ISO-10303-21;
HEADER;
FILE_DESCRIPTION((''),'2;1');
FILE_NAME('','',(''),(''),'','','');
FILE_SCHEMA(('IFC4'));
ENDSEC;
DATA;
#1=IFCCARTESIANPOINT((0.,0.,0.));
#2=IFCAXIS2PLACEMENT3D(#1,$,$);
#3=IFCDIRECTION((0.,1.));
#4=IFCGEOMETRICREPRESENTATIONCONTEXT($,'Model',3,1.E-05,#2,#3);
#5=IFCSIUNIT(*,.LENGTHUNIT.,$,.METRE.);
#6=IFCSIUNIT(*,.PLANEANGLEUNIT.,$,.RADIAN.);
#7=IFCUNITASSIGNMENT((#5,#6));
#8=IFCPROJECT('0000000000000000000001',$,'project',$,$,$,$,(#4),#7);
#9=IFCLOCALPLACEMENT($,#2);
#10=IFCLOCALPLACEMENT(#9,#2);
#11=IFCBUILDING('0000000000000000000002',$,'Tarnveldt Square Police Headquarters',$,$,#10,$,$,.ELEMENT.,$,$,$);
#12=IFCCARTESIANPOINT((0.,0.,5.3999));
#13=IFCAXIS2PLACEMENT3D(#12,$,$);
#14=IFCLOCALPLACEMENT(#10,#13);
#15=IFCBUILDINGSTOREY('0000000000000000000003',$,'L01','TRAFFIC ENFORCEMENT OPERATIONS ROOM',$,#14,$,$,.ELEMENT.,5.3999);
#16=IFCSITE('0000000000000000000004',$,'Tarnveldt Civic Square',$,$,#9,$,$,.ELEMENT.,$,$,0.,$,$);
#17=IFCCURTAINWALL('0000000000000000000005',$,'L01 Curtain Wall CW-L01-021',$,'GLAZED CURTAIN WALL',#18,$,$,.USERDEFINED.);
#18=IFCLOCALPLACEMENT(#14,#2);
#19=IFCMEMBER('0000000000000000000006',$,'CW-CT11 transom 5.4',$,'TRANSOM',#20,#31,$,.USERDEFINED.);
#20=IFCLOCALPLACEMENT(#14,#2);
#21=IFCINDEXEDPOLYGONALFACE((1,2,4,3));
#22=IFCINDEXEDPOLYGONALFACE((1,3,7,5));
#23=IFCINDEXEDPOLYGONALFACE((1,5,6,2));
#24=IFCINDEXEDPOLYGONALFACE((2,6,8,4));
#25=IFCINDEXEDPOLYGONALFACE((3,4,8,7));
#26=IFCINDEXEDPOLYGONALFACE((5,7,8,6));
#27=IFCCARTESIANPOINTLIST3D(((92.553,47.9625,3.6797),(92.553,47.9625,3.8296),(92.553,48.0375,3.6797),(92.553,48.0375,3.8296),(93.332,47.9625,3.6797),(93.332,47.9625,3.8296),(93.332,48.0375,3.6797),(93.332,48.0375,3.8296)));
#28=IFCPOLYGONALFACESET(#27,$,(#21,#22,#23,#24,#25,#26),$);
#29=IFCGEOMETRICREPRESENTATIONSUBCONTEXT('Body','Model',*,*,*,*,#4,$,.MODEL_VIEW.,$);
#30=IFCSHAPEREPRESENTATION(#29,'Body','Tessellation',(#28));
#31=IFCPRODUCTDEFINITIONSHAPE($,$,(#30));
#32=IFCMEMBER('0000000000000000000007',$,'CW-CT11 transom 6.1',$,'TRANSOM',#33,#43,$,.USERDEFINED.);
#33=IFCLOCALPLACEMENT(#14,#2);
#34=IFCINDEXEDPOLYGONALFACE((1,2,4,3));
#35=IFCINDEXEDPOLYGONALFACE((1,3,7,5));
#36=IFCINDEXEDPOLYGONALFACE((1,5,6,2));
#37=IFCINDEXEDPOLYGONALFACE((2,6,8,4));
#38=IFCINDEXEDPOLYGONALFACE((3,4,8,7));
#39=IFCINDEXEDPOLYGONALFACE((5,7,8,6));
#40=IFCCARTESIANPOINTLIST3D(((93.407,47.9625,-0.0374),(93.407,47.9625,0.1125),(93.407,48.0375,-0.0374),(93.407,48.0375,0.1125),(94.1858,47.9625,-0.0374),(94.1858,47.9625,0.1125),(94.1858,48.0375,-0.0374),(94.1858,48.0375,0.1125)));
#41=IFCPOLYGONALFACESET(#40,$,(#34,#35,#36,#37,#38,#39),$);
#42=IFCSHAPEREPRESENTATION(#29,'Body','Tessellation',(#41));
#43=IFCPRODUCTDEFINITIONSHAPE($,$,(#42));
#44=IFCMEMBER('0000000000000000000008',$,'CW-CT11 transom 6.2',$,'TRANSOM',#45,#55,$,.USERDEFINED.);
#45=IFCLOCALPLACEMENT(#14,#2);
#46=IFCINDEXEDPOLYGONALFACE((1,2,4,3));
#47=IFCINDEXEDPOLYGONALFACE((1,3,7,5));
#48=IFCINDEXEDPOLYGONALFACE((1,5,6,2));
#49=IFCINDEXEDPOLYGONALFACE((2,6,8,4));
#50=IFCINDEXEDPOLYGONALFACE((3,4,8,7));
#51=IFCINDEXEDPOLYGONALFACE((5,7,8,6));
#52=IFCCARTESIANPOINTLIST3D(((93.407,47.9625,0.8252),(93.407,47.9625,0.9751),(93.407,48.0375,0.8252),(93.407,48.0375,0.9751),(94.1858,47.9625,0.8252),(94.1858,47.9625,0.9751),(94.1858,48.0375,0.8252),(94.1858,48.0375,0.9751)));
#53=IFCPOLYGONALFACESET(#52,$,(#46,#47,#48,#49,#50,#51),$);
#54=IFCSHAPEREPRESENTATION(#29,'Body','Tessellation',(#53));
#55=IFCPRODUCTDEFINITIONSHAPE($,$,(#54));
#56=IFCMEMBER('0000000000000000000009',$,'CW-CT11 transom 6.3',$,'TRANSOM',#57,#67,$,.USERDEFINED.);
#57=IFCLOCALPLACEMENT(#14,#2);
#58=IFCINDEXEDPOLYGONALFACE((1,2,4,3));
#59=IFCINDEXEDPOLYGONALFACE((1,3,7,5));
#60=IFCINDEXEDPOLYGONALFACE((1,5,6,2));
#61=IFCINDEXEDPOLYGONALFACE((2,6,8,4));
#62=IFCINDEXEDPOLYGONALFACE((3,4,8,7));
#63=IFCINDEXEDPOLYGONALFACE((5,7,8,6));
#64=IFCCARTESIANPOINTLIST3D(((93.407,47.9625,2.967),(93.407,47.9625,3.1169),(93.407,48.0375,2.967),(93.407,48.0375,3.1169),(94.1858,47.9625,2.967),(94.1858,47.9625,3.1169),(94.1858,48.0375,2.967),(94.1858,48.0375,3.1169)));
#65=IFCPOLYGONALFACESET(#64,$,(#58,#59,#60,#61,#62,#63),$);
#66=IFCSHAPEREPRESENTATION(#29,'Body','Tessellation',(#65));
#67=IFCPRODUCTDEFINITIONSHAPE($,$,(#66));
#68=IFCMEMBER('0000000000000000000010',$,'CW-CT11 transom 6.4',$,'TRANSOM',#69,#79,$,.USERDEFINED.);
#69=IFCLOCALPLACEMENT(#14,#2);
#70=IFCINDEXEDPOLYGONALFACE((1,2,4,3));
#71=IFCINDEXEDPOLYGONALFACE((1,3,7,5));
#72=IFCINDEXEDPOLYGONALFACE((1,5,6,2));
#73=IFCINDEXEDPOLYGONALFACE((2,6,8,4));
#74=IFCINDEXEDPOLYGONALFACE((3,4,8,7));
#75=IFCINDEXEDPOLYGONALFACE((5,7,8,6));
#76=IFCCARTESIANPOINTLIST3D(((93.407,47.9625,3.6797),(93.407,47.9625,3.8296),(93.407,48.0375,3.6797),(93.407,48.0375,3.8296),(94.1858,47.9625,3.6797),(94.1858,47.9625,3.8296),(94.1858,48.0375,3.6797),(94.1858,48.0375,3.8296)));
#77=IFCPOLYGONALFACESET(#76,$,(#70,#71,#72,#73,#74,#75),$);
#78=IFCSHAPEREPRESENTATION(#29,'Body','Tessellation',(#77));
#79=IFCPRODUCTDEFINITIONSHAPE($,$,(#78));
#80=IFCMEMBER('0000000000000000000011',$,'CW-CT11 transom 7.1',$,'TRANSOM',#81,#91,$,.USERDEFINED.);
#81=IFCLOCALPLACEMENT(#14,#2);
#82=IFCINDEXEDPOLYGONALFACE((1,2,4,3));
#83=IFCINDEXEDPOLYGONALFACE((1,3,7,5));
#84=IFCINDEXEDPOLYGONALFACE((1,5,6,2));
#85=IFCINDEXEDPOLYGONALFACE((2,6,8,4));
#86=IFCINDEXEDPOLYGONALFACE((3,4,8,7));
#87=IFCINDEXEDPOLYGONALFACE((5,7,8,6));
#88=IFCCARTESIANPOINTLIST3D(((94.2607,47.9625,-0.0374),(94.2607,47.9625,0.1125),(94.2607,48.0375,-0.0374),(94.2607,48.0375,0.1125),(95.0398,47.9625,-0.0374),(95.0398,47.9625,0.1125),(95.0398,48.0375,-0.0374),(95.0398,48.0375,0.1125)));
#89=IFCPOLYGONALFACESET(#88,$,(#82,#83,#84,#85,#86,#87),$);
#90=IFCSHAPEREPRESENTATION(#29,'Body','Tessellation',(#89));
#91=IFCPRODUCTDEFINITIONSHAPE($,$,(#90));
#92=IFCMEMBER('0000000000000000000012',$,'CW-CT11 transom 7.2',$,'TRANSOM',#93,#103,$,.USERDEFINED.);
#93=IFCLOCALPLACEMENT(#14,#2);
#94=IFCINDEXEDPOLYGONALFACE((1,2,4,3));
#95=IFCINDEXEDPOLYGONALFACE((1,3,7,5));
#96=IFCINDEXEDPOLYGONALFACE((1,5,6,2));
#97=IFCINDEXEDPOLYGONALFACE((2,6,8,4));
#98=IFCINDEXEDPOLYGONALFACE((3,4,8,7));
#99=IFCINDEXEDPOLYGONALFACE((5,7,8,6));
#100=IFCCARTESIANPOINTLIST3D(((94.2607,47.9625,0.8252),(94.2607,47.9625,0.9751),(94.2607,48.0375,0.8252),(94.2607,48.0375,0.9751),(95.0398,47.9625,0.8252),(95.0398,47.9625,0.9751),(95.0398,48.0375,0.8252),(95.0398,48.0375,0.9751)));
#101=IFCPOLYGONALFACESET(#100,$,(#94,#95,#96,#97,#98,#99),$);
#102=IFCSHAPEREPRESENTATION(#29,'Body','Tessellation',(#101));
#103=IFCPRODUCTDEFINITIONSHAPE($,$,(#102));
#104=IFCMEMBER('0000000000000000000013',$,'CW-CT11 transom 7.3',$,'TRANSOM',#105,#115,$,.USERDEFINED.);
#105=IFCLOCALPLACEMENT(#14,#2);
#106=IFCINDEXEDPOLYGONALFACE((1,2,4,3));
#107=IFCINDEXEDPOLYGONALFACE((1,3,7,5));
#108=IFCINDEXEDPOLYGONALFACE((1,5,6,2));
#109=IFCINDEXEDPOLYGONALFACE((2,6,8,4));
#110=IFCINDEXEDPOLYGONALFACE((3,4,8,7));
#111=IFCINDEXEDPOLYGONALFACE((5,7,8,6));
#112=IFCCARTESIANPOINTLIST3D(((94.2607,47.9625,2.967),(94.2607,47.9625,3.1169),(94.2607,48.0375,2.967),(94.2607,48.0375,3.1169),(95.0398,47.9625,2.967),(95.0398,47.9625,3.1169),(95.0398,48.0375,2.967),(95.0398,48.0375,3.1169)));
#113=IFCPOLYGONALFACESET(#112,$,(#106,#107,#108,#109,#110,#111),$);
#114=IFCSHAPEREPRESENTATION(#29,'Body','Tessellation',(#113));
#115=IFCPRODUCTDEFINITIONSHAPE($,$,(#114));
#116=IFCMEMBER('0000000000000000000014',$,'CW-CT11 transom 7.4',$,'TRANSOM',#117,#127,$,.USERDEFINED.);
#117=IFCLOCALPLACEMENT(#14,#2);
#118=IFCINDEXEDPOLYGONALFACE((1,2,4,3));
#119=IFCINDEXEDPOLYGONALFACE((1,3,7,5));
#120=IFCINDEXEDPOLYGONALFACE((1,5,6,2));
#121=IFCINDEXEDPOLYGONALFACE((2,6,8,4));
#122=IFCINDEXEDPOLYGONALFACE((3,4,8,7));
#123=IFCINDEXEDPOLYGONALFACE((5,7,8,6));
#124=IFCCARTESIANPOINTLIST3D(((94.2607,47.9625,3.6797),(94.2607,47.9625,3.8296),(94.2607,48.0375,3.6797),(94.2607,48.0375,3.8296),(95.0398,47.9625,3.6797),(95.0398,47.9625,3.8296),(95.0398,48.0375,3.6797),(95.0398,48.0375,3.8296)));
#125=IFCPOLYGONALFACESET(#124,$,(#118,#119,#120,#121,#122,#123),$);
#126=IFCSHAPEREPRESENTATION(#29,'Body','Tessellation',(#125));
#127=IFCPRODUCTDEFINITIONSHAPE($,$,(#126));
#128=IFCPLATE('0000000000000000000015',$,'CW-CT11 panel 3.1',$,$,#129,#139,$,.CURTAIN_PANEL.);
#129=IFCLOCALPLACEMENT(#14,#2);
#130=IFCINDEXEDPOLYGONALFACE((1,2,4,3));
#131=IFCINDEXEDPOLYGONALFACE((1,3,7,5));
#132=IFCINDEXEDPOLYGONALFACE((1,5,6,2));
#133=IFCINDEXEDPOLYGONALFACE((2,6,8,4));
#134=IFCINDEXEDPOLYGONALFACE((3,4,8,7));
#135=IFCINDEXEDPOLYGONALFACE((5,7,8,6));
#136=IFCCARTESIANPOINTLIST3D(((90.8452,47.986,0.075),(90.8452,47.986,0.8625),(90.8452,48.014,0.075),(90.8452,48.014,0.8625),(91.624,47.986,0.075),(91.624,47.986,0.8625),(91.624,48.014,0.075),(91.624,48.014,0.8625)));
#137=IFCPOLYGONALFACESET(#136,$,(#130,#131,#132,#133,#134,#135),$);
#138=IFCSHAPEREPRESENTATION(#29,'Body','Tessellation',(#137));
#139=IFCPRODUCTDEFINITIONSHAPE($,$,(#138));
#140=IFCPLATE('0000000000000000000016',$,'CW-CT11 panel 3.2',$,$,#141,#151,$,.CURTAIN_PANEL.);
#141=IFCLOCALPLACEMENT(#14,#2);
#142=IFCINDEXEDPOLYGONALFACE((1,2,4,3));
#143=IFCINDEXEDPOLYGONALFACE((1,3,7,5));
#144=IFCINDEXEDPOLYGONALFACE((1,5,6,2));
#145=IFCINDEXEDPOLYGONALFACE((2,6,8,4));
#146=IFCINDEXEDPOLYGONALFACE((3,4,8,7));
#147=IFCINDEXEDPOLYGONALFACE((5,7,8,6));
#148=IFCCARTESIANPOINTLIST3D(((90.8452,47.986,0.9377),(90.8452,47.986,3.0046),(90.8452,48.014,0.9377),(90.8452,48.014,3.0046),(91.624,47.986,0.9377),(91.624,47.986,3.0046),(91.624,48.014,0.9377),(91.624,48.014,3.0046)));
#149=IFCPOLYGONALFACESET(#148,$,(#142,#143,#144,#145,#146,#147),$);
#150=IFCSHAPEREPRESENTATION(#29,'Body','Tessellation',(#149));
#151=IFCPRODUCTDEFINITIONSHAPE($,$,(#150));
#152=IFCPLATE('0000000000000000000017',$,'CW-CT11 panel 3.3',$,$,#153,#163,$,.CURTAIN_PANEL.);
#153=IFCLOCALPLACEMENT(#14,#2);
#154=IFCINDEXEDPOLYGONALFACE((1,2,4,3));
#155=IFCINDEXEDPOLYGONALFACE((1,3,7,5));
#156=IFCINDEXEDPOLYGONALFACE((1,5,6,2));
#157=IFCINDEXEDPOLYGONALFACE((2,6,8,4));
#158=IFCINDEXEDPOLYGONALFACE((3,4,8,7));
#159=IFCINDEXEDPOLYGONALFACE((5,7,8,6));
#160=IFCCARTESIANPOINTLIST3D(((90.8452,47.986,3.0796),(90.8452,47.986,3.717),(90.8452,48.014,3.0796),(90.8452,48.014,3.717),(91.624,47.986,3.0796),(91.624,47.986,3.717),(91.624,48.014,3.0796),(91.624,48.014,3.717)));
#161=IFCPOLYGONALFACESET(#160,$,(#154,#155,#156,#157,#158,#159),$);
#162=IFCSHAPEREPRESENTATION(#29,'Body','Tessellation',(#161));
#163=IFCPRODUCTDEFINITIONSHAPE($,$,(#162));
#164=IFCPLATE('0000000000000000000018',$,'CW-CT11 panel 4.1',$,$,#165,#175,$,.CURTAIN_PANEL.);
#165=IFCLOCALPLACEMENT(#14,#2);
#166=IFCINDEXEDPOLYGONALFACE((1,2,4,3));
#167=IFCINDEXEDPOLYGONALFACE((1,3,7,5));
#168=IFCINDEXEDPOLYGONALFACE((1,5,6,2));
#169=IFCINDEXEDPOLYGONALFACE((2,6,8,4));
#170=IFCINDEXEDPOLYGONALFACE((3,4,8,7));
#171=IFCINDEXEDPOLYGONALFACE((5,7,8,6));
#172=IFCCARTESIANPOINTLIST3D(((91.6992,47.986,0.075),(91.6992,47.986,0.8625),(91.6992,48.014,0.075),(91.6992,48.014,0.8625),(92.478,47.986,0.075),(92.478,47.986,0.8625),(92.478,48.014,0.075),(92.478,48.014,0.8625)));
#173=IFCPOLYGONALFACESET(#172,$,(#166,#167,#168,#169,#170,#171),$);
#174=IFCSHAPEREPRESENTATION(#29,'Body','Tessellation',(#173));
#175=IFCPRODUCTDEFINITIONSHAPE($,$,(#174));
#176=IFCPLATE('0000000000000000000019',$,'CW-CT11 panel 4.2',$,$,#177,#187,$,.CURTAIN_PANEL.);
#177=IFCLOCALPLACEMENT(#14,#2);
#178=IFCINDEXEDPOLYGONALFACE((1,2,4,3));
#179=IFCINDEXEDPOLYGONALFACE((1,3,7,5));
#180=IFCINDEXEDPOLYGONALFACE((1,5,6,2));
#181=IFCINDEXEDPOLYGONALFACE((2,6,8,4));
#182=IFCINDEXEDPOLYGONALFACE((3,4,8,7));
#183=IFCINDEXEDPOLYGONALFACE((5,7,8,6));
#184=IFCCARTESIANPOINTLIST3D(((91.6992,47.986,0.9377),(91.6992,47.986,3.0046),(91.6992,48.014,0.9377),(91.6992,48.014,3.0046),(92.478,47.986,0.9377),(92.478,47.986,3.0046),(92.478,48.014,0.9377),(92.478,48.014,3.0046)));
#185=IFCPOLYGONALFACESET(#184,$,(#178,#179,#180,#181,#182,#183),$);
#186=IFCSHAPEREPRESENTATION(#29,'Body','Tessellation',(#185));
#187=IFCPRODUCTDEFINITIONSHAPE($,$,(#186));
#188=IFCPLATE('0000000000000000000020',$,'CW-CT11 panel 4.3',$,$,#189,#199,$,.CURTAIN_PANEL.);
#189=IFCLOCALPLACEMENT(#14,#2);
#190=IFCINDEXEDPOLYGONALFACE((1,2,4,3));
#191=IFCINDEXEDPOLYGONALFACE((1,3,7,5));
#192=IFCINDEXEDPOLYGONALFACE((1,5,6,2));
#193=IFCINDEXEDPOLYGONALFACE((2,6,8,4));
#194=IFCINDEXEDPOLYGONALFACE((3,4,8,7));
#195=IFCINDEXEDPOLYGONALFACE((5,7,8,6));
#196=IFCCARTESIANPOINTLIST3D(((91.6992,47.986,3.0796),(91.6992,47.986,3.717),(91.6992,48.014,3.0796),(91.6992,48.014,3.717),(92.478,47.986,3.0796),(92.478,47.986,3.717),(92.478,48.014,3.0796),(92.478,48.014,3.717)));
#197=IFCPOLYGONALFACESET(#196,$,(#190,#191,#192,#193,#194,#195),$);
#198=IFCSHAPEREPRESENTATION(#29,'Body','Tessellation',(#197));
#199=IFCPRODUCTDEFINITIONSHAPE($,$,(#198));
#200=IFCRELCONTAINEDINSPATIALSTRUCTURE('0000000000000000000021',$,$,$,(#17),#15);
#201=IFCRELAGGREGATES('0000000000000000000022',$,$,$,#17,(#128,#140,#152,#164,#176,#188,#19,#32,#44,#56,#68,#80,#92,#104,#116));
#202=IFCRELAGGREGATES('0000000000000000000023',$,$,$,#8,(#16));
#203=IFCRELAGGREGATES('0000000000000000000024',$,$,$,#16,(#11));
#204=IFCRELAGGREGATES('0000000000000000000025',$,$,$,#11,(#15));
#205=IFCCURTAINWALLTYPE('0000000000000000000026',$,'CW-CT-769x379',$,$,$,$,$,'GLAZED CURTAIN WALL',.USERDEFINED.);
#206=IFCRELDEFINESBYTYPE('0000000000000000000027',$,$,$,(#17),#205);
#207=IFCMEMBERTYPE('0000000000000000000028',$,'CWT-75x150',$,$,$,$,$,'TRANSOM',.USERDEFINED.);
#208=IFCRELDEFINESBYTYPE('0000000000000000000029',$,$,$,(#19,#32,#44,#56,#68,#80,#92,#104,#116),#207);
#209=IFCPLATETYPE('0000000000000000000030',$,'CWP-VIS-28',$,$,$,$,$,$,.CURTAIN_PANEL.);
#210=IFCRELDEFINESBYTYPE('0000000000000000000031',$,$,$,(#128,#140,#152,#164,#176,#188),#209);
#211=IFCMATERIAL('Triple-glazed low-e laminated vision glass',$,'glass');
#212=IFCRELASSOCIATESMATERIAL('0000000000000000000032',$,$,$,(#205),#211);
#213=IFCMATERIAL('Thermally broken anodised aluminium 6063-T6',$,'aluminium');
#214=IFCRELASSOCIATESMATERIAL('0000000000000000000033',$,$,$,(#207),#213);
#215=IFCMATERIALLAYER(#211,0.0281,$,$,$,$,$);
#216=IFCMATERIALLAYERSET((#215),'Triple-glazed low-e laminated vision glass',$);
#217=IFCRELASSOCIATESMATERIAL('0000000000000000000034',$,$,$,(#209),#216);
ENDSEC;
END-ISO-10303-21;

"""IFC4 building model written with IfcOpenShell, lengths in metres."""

from ifc_helpers import new_model, si_unit, direction, frame, origin, origin_2d, place, context, subcontext, project, spatial, rectangle, extrude, material, layer, layer_set, material_profile, profile_set, type_object, element, aggregate, save


model = new_model("IFC4")

# Units and contexts
model_context = context("Model", 3, precision=1e-05, world=origin(), true_north=direction((0.0, 1.0)))
body_context = subcontext(model_context, "Body", "Model", "MODEL_VIEW")
ifc_project = project(units=[si_unit("LENGTHUNIT", "METRE"), si_unit("PLANEANGLEUNIT", "RADIAN")], contexts=[model_context])

# Site, building, storey
site_placement = place(None, origin())
site = spatial("IfcSite", under=ifc_project, at=site_placement, Name="Tarnveldt Civic Square", CompositionType="ELEMENT", RefElevation=0.0)
building_placement = place(site_placement, origin())
building = spatial("IfcBuilding", under=site, at=building_placement, Name="Tarnveldt Square Police Headquarters", CompositionType="ELEMENT")
storey_placement = place(building_placement, frame((0.0, 0.0, 5.3999)))
storey = spatial("IfcBuildingStorey", under=building, at=storey_placement, Name="L01", Description="TRAFFIC ENFORCEMENT OPERATIONS ROOM", CompositionType="ELEMENT", Elevation=5.3999)

# Curtain wall, members, plates
ifc_material_1 = material(Name="Triple-glazed low-e laminated vision glass", Category="glass")
curtain_wall_type = type_object("IfcCurtainWallType", Name="CW-CT-769x379", ElementType="GLAZED CURTAIN WALL", PredefinedType="USERDEFINED", material=ifc_material_1)
curtain_wall_placement = place(storey_placement, origin())
curtain_wall = element("IfcCurtainWall", 1, at=curtain_wall_placement, inside=storey, type_object=curtain_wall_type, Name="L01 Curtain Wall CW-L01-021", ObjectType="GLAZED CURTAIN WALL", PredefinedType="USERDEFINED")
ifc_material_2 = material(Name="Thermally broken anodised aluminium 6063-T6", Category="aluminium")
ifc_material_profile_1 = material_profile(ifc_material_2, rectangle(XDim=0.075, YDim=0.1499, at=origin_2d()), Name="CW-T75x150")
ifc_profile_set_1 = profile_set([ifc_material_profile_1], Name="Thermally broken anodised aluminium 6063-T6")
member_type_1 = type_object("IfcMemberType", Name="CWT-75x150", ElementType="TRANSOM", PredefinedType="USERDEFINED", material=ifc_profile_set_1)
member_1_placement = place(storey_placement, frame((92.553, 48.0, 3.7546), z_axis=(1.0, 0.0, 0.0), x_axis=(0.0, 1.0, 0.0)))
member_1 = element("IfcMember", 2, at=member_1_placement, type_object=member_type_1, Name="CW-CT11 transom 5.4", ObjectType="TRANSOM", PredefinedType="USERDEFINED", context=body_context, shape_type="SweptSolid", body=[
    extrude(rectangle(XDim=0.075, YDim=0.1499, at=origin_2d()), origin(), (0.0, 0.0, 1.0), 0.7791),
])
member_2_placement = place(storey_placement, frame((93.407, 48.0, 0.0376), z_axis=(1.0, 0.0, 0.0), x_axis=(0.0, 1.0, 0.0)))
member_2 = element("IfcMember", 3, at=member_2_placement, type_object=member_type_1, Name="CW-CT11 transom 6.1", ObjectType="TRANSOM", PredefinedType="USERDEFINED", context=body_context, shape_type="SweptSolid", body=[
    extrude(rectangle(XDim=0.075, YDim=0.1499, at=origin_2d()), origin(), (0.0, 0.0, 1.0), 0.7788),
])
member_3_placement = place(storey_placement, frame((93.407, 48.0, 0.9001), z_axis=(1.0, 0.0, 0.0), x_axis=(0.0, 1.0, 0.0)))
member_3 = element("IfcMember", 4, at=member_3_placement, type_object=member_type_1, Name="CW-CT11 transom 6.2", ObjectType="TRANSOM", PredefinedType="USERDEFINED", context=body_context, shape_type="SweptSolid", body=[
    extrude(rectangle(XDim=0.075, YDim=0.1499, at=origin_2d()), origin(), (0.0, 0.0, 1.0), 0.7788),
])
member_4_placement = place(storey_placement, frame((93.407, 48.0, 3.042), z_axis=(1.0, 0.0, 0.0), x_axis=(0.0, 1.0, 0.0)))
member_4 = element("IfcMember", 5, at=member_4_placement, type_object=member_type_1, Name="CW-CT11 transom 6.3", ObjectType="TRANSOM", PredefinedType="USERDEFINED", context=body_context, shape_type="SweptSolid", body=[
    extrude(rectangle(XDim=0.075, YDim=0.1499, at=origin_2d()), origin(), (0.0, 0.0, 1.0), 0.7788),
])
member_5_placement = place(storey_placement, frame((93.407, 48.0, 3.7546), z_axis=(1.0, 0.0, 0.0), x_axis=(0.0, 1.0, 0.0)))
member_5 = element("IfcMember", 6, at=member_5_placement, type_object=member_type_1, Name="CW-CT11 transom 6.4", ObjectType="TRANSOM", PredefinedType="USERDEFINED", context=body_context, shape_type="SweptSolid", body=[
    extrude(rectangle(XDim=0.075, YDim=0.1499, at=origin_2d()), origin(), (0.0, 0.0, 1.0), 0.7788),
])
member_6_placement = place(storey_placement, frame((94.2607, 48.0, 0.0376), z_axis=(1.0, 0.0, 0.0), x_axis=(0.0, 1.0, 0.0)))
member_6 = element("IfcMember", 7, at=member_6_placement, type_object=member_type_1, Name="CW-CT11 transom 7.1", ObjectType="TRANSOM", PredefinedType="USERDEFINED", context=body_context, shape_type="SweptSolid", body=[
    extrude(rectangle(XDim=0.075, YDim=0.1499, at=origin_2d()), origin(), (0.0, 0.0, 1.0), 0.7791),
])
member_7_placement = place(storey_placement, frame((94.2607, 48.0, 0.9001), z_axis=(1.0, 0.0, 0.0), x_axis=(0.0, 1.0, 0.0)))
member_7 = element("IfcMember", 8, at=member_7_placement, type_object=member_type_1, Name="CW-CT11 transom 7.2", ObjectType="TRANSOM", PredefinedType="USERDEFINED", context=body_context, shape_type="SweptSolid", body=[
    extrude(rectangle(XDim=0.075, YDim=0.1499, at=origin_2d()), origin(), (0.0, 0.0, 1.0), 0.7791),
])
member_8_placement = place(storey_placement, frame((94.2607, 48.0, 3.042), z_axis=(1.0, 0.0, 0.0), x_axis=(0.0, 1.0, 0.0)))
member_8 = element("IfcMember", 9, at=member_8_placement, type_object=member_type_1, Name="CW-CT11 transom 7.3", ObjectType="TRANSOM", PredefinedType="USERDEFINED", context=body_context, shape_type="SweptSolid", body=[
    extrude(rectangle(XDim=0.075, YDim=0.1499, at=origin_2d()), origin(), (0.0, 0.0, 1.0), 0.7791),
])
member_9_placement = place(storey_placement, frame((94.2607, 48.0, 3.7546), z_axis=(1.0, 0.0, 0.0), x_axis=(0.0, 1.0, 0.0)))
member_9 = element("IfcMember", 10, at=member_9_placement, type_object=member_type_1, Name="CW-CT11 transom 7.4", ObjectType="TRANSOM", PredefinedType="USERDEFINED", context=body_context, shape_type="SweptSolid", body=[
    extrude(rectangle(XDim=0.075, YDim=0.1499, at=origin_2d()), origin(), (0.0, 0.0, 1.0), 0.7791),
])
ifc_layer = layer(ifc_material_1, 0.0281)
ifc_layer_set = layer_set([ifc_layer], Name="Triple-glazed low-e laminated vision glass")
plate_type = type_object("IfcPlateType", Name="CWP-VIS-28", PredefinedType="CURTAIN_PANEL", material=ifc_layer_set)
plate_1_placement = place(storey_placement, frame((91.2346, 48.0, 0.075), z_axis=(0.0, 0.0, 1.0), x_axis=(1.0, 0.0, 0.0)))
plate_1 = element("IfcPlate", 11, at=plate_1_placement, type_object=plate_type, Name="CW-CT11 panel 3.1", PredefinedType="CURTAIN_PANEL", context=body_context, shape_type="SweptSolid", body=[
    extrude(rectangle(XDim=0.7788, YDim=0.0281, at=origin_2d()), origin(), (0.0, 0.0, 1.0), 0.7876),
])
plate_2_placement = place(storey_placement, frame((91.2346, 48.0, 0.9377), z_axis=(0.0, 0.0, 1.0), x_axis=(1.0, 0.0, 0.0)))
plate_2 = element("IfcPlate", 12, at=plate_2_placement, type_object=plate_type, Name="CW-CT11 panel 3.2", PredefinedType="CURTAIN_PANEL", context=body_context, shape_type="SweptSolid", body=[
    extrude(rectangle(XDim=0.7788, YDim=0.0281, at=origin_2d()), origin(), (0.0, 0.0, 1.0), 2.0669),
])
plate_3_placement = place(storey_placement, frame((91.2346, 48.0, 3.0796), z_axis=(0.0, 0.0, 1.0), x_axis=(1.0, 0.0, 0.0)))
plate_3 = element("IfcPlate", 13, at=plate_3_placement, type_object=plate_type, Name="CW-CT11 panel 3.3", PredefinedType="CURTAIN_PANEL", context=body_context, shape_type="SweptSolid", body=[
    extrude(rectangle(XDim=0.7788, YDim=0.0281, at=origin_2d()), origin(), (0.0, 0.0, 1.0), 0.6375),
])
plate_4_placement = place(storey_placement, frame((92.0886, 48.0, 0.075), z_axis=(0.0, 0.0, 1.0), x_axis=(1.0, 0.0, 0.0)))
plate_4 = element("IfcPlate", 14, at=plate_4_placement, type_object=plate_type, Name="CW-CT11 panel 4.1", PredefinedType="CURTAIN_PANEL", context=body_context, shape_type="SweptSolid", body=[
    extrude(rectangle(XDim=0.7788, YDim=0.0281, at=origin_2d()), origin(), (0.0, 0.0, 1.0), 0.7876),
])
plate_5_placement = place(storey_placement, frame((92.0886, 48.0, 0.9377), z_axis=(0.0, 0.0, 1.0), x_axis=(1.0, 0.0, 0.0)))
plate_5 = element("IfcPlate", 15, at=plate_5_placement, type_object=plate_type, Name="CW-CT11 panel 4.2", PredefinedType="CURTAIN_PANEL", context=body_context, shape_type="SweptSolid", body=[
    extrude(rectangle(XDim=0.7788, YDim=0.0281, at=origin_2d()), origin(), (0.0, 0.0, 1.0), 2.0669),
])
plate_6_placement = place(storey_placement, frame((92.0886, 48.0, 3.0796), z_axis=(0.0, 0.0, 1.0), x_axis=(1.0, 0.0, 0.0)))
plate_6 = element("IfcPlate", 16, at=plate_6_placement, type_object=plate_type, Name="CW-CT11 panel 4.3", PredefinedType="CURTAIN_PANEL", context=body_context, shape_type="SweptSolid", body=[
    extrude(rectangle(XDim=0.7788, YDim=0.0281, at=origin_2d()), origin(), (0.0, 0.0, 1.0), 0.6375),
])
aggregate(curtain_wall, [plate_1, plate_2, plate_3, plate_4, plate_5, plate_6, member_1, member_2, member_3, member_4, member_5, member_6, member_7, member_8, member_9])

save(model, "model.ifc")
